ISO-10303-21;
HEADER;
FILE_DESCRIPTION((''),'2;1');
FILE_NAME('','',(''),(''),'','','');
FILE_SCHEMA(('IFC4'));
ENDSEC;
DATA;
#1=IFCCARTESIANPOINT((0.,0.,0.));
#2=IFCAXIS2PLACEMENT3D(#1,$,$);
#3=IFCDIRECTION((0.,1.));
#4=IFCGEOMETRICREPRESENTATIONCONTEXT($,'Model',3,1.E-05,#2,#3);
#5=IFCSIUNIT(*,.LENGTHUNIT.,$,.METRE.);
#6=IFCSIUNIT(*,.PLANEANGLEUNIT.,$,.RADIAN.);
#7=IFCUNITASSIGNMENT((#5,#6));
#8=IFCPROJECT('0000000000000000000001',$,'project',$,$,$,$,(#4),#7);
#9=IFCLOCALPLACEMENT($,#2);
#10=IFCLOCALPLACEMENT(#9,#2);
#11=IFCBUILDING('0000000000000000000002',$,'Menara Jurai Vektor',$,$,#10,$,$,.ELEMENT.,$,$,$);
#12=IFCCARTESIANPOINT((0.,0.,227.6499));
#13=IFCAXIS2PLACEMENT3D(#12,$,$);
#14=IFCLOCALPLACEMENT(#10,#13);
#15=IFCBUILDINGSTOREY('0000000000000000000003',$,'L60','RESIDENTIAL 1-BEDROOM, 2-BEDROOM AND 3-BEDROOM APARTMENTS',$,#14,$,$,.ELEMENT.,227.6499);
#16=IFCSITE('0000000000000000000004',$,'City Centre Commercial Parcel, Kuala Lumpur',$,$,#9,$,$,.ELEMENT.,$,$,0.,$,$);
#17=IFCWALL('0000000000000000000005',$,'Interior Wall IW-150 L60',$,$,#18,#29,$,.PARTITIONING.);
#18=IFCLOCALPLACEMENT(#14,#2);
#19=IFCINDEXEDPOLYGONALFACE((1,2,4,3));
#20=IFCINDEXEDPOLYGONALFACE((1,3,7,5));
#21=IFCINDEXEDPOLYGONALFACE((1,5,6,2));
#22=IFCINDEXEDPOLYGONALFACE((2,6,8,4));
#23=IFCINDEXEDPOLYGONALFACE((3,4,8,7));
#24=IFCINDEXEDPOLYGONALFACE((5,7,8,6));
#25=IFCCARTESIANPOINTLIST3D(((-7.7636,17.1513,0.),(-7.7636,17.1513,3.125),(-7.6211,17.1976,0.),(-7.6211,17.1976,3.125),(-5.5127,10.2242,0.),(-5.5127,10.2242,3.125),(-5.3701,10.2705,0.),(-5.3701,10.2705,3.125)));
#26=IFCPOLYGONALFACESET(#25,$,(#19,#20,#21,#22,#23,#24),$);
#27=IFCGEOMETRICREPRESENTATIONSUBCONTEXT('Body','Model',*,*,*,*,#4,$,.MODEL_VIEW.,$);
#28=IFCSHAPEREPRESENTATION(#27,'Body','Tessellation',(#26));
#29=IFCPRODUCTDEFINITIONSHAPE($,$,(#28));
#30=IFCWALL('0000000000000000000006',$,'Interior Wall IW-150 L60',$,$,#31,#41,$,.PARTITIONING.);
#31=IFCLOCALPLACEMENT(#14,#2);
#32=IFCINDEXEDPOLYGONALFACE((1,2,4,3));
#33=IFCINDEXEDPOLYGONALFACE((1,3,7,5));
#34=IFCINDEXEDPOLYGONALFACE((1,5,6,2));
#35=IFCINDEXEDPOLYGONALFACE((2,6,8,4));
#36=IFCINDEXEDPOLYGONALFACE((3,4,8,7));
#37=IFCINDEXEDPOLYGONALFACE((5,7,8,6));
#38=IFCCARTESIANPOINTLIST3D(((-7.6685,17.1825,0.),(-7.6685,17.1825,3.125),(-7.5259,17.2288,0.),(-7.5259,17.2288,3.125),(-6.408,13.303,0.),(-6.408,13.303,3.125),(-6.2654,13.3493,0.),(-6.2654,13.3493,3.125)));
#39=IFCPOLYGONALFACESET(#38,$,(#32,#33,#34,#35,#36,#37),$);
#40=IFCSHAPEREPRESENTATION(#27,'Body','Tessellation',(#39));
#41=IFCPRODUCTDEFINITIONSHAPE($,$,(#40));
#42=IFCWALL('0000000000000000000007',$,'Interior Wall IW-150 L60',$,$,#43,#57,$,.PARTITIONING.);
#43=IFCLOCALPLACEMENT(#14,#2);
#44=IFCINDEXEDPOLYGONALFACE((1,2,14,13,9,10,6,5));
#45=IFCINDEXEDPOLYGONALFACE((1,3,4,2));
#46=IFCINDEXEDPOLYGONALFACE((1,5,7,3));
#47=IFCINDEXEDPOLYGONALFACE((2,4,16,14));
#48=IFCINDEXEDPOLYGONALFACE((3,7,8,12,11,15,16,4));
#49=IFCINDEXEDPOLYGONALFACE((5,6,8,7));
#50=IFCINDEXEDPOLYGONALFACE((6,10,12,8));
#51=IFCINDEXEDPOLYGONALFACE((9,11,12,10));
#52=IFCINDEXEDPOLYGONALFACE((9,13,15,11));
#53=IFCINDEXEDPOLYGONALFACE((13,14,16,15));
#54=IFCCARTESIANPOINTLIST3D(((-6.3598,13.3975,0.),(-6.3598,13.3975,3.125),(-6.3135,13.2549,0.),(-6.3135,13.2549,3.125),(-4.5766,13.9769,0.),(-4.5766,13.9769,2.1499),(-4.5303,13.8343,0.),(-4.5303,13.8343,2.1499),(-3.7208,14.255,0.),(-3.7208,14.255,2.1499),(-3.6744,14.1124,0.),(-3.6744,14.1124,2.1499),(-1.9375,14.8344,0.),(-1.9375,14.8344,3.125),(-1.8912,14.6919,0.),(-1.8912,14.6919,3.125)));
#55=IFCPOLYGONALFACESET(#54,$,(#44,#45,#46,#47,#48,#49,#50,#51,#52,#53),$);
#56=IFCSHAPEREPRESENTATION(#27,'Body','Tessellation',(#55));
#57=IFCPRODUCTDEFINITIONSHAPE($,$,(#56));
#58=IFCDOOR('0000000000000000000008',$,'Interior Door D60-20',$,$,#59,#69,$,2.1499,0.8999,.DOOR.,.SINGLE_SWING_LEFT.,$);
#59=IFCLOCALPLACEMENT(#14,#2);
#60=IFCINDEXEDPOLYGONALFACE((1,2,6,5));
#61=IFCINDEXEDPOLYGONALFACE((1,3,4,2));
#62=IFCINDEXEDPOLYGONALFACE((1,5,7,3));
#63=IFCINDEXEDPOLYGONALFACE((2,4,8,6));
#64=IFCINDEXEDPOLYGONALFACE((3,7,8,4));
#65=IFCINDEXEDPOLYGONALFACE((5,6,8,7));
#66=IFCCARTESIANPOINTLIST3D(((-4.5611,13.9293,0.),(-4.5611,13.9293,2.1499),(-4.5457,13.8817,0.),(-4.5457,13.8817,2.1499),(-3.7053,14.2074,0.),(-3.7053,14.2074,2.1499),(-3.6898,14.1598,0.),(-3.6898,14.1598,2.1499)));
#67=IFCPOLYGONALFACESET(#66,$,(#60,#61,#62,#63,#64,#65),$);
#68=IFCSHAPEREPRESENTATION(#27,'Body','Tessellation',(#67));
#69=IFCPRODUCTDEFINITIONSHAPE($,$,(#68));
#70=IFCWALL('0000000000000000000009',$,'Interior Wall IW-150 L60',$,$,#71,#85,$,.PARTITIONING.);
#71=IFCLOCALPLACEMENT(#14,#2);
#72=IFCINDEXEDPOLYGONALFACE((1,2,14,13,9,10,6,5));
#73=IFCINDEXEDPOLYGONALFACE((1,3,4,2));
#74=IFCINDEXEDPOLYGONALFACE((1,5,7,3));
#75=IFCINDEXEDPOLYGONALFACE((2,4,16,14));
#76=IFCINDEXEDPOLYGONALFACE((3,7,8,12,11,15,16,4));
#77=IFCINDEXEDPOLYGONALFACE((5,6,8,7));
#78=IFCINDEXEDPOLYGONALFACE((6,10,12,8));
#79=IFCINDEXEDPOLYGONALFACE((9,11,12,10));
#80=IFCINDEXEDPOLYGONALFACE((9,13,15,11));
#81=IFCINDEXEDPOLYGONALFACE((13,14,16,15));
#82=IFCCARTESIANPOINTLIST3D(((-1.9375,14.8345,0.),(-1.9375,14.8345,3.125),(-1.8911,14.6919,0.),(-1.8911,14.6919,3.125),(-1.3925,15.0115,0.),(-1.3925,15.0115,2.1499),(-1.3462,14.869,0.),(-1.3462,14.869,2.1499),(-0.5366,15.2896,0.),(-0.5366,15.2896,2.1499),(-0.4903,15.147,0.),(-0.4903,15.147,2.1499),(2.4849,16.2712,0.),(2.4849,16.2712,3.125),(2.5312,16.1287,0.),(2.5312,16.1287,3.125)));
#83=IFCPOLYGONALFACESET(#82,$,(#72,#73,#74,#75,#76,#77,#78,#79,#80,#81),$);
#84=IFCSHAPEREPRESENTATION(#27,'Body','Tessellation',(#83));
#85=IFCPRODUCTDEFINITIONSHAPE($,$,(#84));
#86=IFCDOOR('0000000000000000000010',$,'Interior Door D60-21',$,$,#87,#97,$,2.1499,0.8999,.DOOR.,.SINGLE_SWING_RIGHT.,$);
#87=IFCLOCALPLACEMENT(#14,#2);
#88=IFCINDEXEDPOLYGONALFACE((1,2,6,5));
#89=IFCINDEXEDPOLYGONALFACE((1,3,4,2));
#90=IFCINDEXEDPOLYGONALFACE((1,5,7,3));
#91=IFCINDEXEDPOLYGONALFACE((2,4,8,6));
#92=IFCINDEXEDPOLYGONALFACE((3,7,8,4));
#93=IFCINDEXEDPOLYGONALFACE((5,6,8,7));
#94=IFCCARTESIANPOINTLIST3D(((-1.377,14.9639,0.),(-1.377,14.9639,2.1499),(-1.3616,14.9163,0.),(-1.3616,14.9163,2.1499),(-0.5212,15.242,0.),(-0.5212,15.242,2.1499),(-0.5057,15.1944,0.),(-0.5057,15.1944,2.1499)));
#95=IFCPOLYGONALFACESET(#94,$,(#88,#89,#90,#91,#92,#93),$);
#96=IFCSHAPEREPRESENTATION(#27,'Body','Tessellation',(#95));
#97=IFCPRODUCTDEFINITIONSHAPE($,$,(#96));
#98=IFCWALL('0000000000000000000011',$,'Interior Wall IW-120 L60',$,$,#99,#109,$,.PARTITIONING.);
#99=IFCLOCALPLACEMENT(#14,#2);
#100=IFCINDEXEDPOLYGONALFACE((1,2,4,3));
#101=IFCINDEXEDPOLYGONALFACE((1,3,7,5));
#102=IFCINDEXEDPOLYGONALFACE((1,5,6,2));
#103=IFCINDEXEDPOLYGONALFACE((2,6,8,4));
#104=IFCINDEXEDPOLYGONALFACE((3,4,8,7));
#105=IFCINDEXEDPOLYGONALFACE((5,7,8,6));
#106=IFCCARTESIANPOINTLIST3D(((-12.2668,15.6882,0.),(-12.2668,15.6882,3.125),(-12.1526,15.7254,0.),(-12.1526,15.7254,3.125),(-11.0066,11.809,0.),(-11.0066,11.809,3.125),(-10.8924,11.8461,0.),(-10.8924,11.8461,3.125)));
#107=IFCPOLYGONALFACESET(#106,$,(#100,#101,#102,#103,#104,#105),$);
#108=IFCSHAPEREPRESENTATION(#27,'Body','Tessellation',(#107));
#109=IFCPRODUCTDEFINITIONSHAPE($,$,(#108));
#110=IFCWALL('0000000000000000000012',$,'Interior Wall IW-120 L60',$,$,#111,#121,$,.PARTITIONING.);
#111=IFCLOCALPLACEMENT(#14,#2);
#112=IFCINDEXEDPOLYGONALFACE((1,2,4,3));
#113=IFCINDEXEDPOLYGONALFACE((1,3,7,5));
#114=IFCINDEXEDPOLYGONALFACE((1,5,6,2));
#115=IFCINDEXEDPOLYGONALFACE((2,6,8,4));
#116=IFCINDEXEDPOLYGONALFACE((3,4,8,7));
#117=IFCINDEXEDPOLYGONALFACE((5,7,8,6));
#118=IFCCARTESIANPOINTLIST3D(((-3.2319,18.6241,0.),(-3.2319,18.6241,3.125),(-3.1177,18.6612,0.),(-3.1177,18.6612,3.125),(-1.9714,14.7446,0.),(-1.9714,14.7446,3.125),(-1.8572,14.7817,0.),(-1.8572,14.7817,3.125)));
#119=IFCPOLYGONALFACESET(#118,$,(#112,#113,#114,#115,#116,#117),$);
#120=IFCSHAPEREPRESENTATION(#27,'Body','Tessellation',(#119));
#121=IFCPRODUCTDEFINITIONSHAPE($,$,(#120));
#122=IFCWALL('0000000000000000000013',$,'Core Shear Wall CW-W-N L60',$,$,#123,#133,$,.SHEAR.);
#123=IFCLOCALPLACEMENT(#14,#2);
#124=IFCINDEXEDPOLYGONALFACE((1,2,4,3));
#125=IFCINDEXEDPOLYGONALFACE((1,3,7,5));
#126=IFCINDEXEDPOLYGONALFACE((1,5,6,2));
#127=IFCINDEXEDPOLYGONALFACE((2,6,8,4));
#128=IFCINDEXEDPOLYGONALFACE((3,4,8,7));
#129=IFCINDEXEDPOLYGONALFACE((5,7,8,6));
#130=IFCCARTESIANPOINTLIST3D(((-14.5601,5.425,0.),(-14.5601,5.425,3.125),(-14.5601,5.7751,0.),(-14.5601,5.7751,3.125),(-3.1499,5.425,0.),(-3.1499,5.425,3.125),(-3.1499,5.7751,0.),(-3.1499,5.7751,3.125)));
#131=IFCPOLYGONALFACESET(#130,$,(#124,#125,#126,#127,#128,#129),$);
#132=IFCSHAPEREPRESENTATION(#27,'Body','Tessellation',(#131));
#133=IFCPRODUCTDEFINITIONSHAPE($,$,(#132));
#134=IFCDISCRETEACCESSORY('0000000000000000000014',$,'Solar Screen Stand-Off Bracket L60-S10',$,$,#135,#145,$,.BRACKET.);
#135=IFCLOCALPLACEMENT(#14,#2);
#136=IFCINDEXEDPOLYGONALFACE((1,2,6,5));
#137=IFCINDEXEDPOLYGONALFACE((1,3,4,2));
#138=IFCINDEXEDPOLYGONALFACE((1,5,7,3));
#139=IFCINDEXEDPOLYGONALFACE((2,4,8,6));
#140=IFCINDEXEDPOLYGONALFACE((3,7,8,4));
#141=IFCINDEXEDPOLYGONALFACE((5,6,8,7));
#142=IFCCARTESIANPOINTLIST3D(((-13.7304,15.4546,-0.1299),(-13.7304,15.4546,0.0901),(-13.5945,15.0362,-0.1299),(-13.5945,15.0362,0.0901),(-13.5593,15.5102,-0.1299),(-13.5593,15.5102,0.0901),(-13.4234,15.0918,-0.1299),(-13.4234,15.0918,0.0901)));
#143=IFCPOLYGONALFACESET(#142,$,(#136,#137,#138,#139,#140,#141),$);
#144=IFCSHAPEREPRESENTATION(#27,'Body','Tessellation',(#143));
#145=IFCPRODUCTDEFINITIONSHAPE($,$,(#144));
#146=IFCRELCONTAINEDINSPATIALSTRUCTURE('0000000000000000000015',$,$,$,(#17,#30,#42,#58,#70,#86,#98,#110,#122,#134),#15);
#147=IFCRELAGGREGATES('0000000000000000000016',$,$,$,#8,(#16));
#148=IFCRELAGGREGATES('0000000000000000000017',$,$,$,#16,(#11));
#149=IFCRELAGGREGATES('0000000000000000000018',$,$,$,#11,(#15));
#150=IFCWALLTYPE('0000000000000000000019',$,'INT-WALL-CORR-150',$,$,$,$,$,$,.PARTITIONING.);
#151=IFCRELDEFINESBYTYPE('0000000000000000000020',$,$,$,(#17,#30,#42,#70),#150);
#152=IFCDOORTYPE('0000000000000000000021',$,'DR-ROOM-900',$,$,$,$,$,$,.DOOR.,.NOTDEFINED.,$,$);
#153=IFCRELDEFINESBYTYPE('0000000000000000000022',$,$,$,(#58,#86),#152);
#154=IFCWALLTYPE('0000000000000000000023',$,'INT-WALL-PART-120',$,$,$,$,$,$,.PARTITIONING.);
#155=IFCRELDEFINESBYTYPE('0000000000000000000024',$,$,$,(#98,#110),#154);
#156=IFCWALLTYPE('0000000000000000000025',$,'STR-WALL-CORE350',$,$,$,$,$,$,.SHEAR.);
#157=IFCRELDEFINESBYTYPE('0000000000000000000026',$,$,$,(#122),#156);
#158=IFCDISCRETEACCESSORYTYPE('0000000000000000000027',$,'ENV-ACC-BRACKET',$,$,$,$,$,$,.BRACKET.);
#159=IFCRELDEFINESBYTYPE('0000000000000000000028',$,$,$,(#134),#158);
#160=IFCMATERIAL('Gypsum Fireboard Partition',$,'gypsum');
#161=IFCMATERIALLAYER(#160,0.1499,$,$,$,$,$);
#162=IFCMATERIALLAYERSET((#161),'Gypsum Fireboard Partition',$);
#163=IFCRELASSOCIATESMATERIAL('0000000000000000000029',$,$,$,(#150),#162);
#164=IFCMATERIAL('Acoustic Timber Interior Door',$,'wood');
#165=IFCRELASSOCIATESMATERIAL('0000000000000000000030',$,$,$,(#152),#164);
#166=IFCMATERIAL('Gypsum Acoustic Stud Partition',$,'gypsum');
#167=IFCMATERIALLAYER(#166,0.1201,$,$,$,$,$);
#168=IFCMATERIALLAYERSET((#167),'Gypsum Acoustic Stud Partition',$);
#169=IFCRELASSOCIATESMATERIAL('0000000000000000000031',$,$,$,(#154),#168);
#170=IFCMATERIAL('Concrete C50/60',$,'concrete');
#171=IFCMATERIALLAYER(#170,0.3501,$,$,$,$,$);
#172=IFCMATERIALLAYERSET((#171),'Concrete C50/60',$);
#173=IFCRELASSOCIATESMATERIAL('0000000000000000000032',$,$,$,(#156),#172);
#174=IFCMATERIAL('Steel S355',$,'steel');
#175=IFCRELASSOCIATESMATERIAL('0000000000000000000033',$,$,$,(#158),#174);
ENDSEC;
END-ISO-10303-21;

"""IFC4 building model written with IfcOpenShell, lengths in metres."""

from ifc_helpers import new_model, si_unit, direction, frame, frame_2d, origin, origin_2d, place, context, subcontext, project, spatial, rectangle, extrude, material, layer, layer_set, type_object, element, fill, save


model = new_model("IFC4")

# Units and contexts
model_context = context("Model", 3, precision=1e-05, world=origin(), true_north=direction((0.0, 1.0)))
body_context = subcontext(model_context, "Body", "Model", "MODEL_VIEW")
ifc_project = project(units=[si_unit("LENGTHUNIT", "METRE"), si_unit("PLANEANGLEUNIT", "RADIAN")], contexts=[model_context])

# Site, building, storey
site_placement = place(None, origin())
site = spatial("IfcSite", under=ifc_project, at=site_placement, Name="City Centre Commercial Parcel, Kuala Lumpur", CompositionType="ELEMENT", RefElevation=0.0)
building_placement = place(site_placement, origin())
building = spatial("IfcBuilding", under=site, at=building_placement, Name="Menara Jurai Vektor", CompositionType="ELEMENT")
storey_placement = place(building_placement, frame((0.0, 0.0, 227.6499)))
storey = spatial("IfcBuildingStorey", under=building, at=storey_placement, Name="L60", Description="RESIDENTIAL 1-BEDROOM, 2-BEDROOM AND 3-BEDROOM APARTMENTS", CompositionType="ELEMENT", Elevation=227.6499)

# Shared definitions
ifc_material_1 = material(Name="Steel S355", Category="steel")

# Shared definitions
ifc_material_2 = material(Name="Gypsum Fireboard Partition", Category="gypsum")
ifc_layer_1 = layer(ifc_material_2, 0.1499)
ifc_layer_set_1 = layer_set([ifc_layer_1], Name="Gypsum Fireboard Partition")
wall_type_1 = type_object("IfcWallType", Name="INT-WALL-CORR-150", PredefinedType="PARTITIONING", material=ifc_layer_set_1)

# Shared definitions
ifc_material_3 = material(Name="Acoustic Timber Interior Door", Category="wood")
door_type_1 = type_object("IfcDoorType", Name="DR-ROOM-900", OperationType="NOTDEFINED", PredefinedType="DOOR", material=ifc_material_3)

# Walls
wall_1_placement = place(storey_placement, frame((-5.4414, 10.2473, 0.0), z_axis=(0.0, 0.0, 1.0), x_axis=(-0.309039, 0.951049, 0.0)))
element("IfcWall", 1, at=wall_1_placement, inside=storey, type_object=wall_type_1, Name="Interior Wall IW-150 L60", PredefinedType="PARTITIONING", context=body_context, shape_type="SweptSolid", body=[
    extrude(rectangle(XDim=7.2837, YDim=0.1499, at=frame_2d((3.6418, 0.0))), origin(), (0.0, 0.0, 1.0), 3.125),
])
wall_2_placement = place(storey_placement, frame((-6.3367, 13.3262, 0.0), z_axis=(0.0, 0.0, 1.0), x_axis=(-0.309018, 0.951056, 0.0)))
element("IfcWall", 2, at=wall_2_placement, inside=storey, type_object=wall_type_1, Name="Interior Wall IW-150 L60", PredefinedType="PARTITIONING", context=body_context, shape_type="SweptSolid", body=[
    extrude(rectangle(XDim=4.0791, YDim=0.1499, at=frame_2d((2.0396, 0.0))), origin(), (0.0, 0.0, 1.0), 3.125),
])

# Walls, openings, doors
wall_3_placement = place(storey_placement, frame((-6.3367, 13.3262, 0.0), z_axis=(0.0, 0.0, 1.0), x_axis=(0.95105, 0.309036, 0.0)))
wall_3 = element("IfcWall", 3, at=wall_3_placement, inside=storey, type_object=wall_type_1, Name="Interior Wall IW-150 L60", PredefinedType="PARTITIONING", context=body_context, shape_type="SweptSolid", body=[
    extrude(rectangle(XDim=4.6499, YDim=0.1499, at=frame_2d((2.325, 0.0))), origin(), (0.0, 0.0, 1.0), 3.125),
])
opening_1_placement = place(wall_3_placement, frame((1.875, 0.0, 0.0)))
opening_1 = element("IfcOpeningElement", 4, at=opening_1_placement, cuts=wall_3, PredefinedType="OPENING", context=body_context, shape_type="SweptSolid", body=[
    extrude(rectangle(XDim=0.8999, YDim=2.1499, at=frame_2d((0.45, 1.075))), frame((0.0, 0.085, 0.0), z_axis=(0.0, -1.0, 0.0), x_axis=(1.0, 0.0, 0.0)), (0.0, 0.0, 1.0), 0.1699),
])
door_1_placement = place(opening_1_placement, origin())
door_1 = element("IfcDoor", 5, at=door_1_placement, inside=storey, type_object=door_type_1, Name="Interior Door D60-20", OperationType="SINGLE_SWING_LEFT", OverallHeight=2.1499, OverallWidth=0.8999, PredefinedType="DOOR", context=body_context, shape_type="SweptSolid", body=[
    extrude(rectangle(XDim=0.8999, YDim=2.1499, at=frame_2d((0.45, 1.075))), frame((0.0, 0.0249, 0.0), z_axis=(0.0, -1.0, 0.0), x_axis=(1.0, 0.0, 0.0)), (0.0, 0.0, 1.0), 0.05),
])
fill(opening_1, door_1)
wall_4_placement = place(storey_placement, frame((-1.9143, 14.7632, 0.0), z_axis=(0.0, 0.0, 1.0), x_axis=(0.951066, 0.308989, 0.0)))
wall_4 = element("IfcWall", 6, at=wall_4_placement, inside=storey, type_object=wall_type_1, Name="Interior Wall IW-150 L60", PredefinedType="PARTITIONING", context=body_context, shape_type="SweptSolid", body=[
    extrude(rectangle(XDim=4.6499, YDim=0.1499, at=frame_2d((2.325, 0.0))), origin(), (0.0, 0.0, 1.0), 3.125),
])
opening_2_placement = place(wall_4_placement, frame((0.573, 0.0, 0.0)))
opening_2 = element("IfcOpeningElement", 7, at=opening_2_placement, cuts=wall_4, PredefinedType="OPENING", context=body_context, shape_type="SweptSolid", body=[
    extrude(rectangle(XDim=0.8999, YDim=2.1499, at=frame_2d((0.45, 1.075))), frame((0.0, 0.085, 0.0), z_axis=(0.0, -1.0, 0.0), x_axis=(1.0, 0.0, 0.0)), (0.0, 0.0, 1.0), 0.1699),
])
door_2_placement = place(opening_2_placement, origin())
door_2 = element("IfcDoor", 8, at=door_2_placement, inside=storey, type_object=door_type_1, Name="Interior Door D60-21", OperationType="SINGLE_SWING_RIGHT", OverallHeight=2.1499, OverallWidth=0.8999, PredefinedType="DOOR", context=body_context, shape_type="SweptSolid", body=[
    extrude(rectangle(XDim=0.8999, YDim=2.1499, at=frame_2d((0.45, 1.075))), frame((0.0, 0.0249, 0.0), z_axis=(0.0, -1.0, 0.0), x_axis=(1.0, 0.0, 0.0)), (0.0, 0.0, 1.0), 0.05),
])
fill(opening_2, door_2)

# Walls
ifc_material_4 = material(Name="Gypsum Acoustic Stud Partition", Category="gypsum")
ifc_layer_2 = layer(ifc_material_4, 0.1201)
ifc_layer_set_2 = layer_set([ifc_layer_2], Name="Gypsum Acoustic Stud Partition")
wall_type_2 = type_object("IfcWallType", Name="INT-WALL-PART-120", PredefinedType="PARTITIONING", material=ifc_layer_set_2)
wall_5_placement = place(storey_placement, frame((-10.9495, 11.8274, 0.0), z_axis=(0.0, 0.0, 1.0), x_axis=(-0.308964, 0.951074, 0.0)))
element("IfcWall", 9, at=wall_5_placement, inside=storey, type_object=wall_type_2, Name="Interior Wall IW-120 L60", PredefinedType="PARTITIONING", context=body_context, shape_type="SweptSolid", body=[
    extrude(rectangle(XDim=4.0789, YDim=0.1201, at=frame_2d((2.0396, 0.0))), origin(), (0.0, 0.0, 1.0), 3.125),
])
wall_6_placement = place(storey_placement, frame((-1.9143, 14.7632, 0.0), z_axis=(0.0, 0.0, 1.0), x_axis=(-0.309018, 0.951056, 0.0)))
element("IfcWall", 10, at=wall_6_placement, inside=storey, type_object=wall_type_2, Name="Interior Wall IW-120 L60", PredefinedType="PARTITIONING", context=body_context, shape_type="SweptSolid", body=[
    extrude(rectangle(XDim=4.0791, YDim=0.1201, at=frame_2d((2.0396, 0.0))), origin(), (0.0, 0.0, 1.0), 3.125),
])
ifc_material_5 = material(Name="Concrete C50/60", Category="concrete")
ifc_layer_3 = layer(ifc_material_5, 0.3501)
ifc_layer_set_3 = layer_set([ifc_layer_3], Name="Concrete C50/60")
wall_type_3 = type_object("IfcWallType", Name="STR-WALL-CORE350", PredefinedType="SHEAR", material=ifc_layer_set_3)
wall_7_placement = place(storey_placement, frame((-14.5601, 5.6001, 0.0), z_axis=(0.0, 0.0, 1.0), x_axis=(1.0, 0.0, 0.0)))
element("IfcWall", 11, at=wall_7_placement, inside=storey, type_object=wall_type_3, Name="Core Shear Wall CW-W-N L60", PredefinedType="SHEAR", context=body_context, shape_type="SweptSolid", body=[
    extrude(rectangle(XDim=11.4102, YDim=0.3501, at=frame_2d((5.7051, 0.0))), origin(), (0.0, 0.0, 1.0), 3.125),
])

# Discrete accessory
discrete_accessory_type = type_object("IfcDiscreteAccessoryType", Name="ENV-ACC-BRACKET", PredefinedType="BRACKET", material=ifc_material_1)
discrete_accessory_placement = place(storey_placement, frame((-13.5769, 15.2732, -0.1299), z_axis=(0.0, 0.0, 1.0), x_axis=(-0.951057, -0.309017, 0.0)))
element("IfcDiscreteAccessory", 12, at=discrete_accessory_placement, inside=storey, type_object=discrete_accessory_type, Name="Solar Screen Stand-Off Bracket L60-S10", PredefinedType="BRACKET", context=body_context, shape_type="SweptSolid", body=[
    extrude(rectangle(XDim=0.1799, YDim=0.4399, at=origin_2d()), origin(), (0.0, 0.0, 1.0), 0.22),
])

save(model, "model.ifc")
